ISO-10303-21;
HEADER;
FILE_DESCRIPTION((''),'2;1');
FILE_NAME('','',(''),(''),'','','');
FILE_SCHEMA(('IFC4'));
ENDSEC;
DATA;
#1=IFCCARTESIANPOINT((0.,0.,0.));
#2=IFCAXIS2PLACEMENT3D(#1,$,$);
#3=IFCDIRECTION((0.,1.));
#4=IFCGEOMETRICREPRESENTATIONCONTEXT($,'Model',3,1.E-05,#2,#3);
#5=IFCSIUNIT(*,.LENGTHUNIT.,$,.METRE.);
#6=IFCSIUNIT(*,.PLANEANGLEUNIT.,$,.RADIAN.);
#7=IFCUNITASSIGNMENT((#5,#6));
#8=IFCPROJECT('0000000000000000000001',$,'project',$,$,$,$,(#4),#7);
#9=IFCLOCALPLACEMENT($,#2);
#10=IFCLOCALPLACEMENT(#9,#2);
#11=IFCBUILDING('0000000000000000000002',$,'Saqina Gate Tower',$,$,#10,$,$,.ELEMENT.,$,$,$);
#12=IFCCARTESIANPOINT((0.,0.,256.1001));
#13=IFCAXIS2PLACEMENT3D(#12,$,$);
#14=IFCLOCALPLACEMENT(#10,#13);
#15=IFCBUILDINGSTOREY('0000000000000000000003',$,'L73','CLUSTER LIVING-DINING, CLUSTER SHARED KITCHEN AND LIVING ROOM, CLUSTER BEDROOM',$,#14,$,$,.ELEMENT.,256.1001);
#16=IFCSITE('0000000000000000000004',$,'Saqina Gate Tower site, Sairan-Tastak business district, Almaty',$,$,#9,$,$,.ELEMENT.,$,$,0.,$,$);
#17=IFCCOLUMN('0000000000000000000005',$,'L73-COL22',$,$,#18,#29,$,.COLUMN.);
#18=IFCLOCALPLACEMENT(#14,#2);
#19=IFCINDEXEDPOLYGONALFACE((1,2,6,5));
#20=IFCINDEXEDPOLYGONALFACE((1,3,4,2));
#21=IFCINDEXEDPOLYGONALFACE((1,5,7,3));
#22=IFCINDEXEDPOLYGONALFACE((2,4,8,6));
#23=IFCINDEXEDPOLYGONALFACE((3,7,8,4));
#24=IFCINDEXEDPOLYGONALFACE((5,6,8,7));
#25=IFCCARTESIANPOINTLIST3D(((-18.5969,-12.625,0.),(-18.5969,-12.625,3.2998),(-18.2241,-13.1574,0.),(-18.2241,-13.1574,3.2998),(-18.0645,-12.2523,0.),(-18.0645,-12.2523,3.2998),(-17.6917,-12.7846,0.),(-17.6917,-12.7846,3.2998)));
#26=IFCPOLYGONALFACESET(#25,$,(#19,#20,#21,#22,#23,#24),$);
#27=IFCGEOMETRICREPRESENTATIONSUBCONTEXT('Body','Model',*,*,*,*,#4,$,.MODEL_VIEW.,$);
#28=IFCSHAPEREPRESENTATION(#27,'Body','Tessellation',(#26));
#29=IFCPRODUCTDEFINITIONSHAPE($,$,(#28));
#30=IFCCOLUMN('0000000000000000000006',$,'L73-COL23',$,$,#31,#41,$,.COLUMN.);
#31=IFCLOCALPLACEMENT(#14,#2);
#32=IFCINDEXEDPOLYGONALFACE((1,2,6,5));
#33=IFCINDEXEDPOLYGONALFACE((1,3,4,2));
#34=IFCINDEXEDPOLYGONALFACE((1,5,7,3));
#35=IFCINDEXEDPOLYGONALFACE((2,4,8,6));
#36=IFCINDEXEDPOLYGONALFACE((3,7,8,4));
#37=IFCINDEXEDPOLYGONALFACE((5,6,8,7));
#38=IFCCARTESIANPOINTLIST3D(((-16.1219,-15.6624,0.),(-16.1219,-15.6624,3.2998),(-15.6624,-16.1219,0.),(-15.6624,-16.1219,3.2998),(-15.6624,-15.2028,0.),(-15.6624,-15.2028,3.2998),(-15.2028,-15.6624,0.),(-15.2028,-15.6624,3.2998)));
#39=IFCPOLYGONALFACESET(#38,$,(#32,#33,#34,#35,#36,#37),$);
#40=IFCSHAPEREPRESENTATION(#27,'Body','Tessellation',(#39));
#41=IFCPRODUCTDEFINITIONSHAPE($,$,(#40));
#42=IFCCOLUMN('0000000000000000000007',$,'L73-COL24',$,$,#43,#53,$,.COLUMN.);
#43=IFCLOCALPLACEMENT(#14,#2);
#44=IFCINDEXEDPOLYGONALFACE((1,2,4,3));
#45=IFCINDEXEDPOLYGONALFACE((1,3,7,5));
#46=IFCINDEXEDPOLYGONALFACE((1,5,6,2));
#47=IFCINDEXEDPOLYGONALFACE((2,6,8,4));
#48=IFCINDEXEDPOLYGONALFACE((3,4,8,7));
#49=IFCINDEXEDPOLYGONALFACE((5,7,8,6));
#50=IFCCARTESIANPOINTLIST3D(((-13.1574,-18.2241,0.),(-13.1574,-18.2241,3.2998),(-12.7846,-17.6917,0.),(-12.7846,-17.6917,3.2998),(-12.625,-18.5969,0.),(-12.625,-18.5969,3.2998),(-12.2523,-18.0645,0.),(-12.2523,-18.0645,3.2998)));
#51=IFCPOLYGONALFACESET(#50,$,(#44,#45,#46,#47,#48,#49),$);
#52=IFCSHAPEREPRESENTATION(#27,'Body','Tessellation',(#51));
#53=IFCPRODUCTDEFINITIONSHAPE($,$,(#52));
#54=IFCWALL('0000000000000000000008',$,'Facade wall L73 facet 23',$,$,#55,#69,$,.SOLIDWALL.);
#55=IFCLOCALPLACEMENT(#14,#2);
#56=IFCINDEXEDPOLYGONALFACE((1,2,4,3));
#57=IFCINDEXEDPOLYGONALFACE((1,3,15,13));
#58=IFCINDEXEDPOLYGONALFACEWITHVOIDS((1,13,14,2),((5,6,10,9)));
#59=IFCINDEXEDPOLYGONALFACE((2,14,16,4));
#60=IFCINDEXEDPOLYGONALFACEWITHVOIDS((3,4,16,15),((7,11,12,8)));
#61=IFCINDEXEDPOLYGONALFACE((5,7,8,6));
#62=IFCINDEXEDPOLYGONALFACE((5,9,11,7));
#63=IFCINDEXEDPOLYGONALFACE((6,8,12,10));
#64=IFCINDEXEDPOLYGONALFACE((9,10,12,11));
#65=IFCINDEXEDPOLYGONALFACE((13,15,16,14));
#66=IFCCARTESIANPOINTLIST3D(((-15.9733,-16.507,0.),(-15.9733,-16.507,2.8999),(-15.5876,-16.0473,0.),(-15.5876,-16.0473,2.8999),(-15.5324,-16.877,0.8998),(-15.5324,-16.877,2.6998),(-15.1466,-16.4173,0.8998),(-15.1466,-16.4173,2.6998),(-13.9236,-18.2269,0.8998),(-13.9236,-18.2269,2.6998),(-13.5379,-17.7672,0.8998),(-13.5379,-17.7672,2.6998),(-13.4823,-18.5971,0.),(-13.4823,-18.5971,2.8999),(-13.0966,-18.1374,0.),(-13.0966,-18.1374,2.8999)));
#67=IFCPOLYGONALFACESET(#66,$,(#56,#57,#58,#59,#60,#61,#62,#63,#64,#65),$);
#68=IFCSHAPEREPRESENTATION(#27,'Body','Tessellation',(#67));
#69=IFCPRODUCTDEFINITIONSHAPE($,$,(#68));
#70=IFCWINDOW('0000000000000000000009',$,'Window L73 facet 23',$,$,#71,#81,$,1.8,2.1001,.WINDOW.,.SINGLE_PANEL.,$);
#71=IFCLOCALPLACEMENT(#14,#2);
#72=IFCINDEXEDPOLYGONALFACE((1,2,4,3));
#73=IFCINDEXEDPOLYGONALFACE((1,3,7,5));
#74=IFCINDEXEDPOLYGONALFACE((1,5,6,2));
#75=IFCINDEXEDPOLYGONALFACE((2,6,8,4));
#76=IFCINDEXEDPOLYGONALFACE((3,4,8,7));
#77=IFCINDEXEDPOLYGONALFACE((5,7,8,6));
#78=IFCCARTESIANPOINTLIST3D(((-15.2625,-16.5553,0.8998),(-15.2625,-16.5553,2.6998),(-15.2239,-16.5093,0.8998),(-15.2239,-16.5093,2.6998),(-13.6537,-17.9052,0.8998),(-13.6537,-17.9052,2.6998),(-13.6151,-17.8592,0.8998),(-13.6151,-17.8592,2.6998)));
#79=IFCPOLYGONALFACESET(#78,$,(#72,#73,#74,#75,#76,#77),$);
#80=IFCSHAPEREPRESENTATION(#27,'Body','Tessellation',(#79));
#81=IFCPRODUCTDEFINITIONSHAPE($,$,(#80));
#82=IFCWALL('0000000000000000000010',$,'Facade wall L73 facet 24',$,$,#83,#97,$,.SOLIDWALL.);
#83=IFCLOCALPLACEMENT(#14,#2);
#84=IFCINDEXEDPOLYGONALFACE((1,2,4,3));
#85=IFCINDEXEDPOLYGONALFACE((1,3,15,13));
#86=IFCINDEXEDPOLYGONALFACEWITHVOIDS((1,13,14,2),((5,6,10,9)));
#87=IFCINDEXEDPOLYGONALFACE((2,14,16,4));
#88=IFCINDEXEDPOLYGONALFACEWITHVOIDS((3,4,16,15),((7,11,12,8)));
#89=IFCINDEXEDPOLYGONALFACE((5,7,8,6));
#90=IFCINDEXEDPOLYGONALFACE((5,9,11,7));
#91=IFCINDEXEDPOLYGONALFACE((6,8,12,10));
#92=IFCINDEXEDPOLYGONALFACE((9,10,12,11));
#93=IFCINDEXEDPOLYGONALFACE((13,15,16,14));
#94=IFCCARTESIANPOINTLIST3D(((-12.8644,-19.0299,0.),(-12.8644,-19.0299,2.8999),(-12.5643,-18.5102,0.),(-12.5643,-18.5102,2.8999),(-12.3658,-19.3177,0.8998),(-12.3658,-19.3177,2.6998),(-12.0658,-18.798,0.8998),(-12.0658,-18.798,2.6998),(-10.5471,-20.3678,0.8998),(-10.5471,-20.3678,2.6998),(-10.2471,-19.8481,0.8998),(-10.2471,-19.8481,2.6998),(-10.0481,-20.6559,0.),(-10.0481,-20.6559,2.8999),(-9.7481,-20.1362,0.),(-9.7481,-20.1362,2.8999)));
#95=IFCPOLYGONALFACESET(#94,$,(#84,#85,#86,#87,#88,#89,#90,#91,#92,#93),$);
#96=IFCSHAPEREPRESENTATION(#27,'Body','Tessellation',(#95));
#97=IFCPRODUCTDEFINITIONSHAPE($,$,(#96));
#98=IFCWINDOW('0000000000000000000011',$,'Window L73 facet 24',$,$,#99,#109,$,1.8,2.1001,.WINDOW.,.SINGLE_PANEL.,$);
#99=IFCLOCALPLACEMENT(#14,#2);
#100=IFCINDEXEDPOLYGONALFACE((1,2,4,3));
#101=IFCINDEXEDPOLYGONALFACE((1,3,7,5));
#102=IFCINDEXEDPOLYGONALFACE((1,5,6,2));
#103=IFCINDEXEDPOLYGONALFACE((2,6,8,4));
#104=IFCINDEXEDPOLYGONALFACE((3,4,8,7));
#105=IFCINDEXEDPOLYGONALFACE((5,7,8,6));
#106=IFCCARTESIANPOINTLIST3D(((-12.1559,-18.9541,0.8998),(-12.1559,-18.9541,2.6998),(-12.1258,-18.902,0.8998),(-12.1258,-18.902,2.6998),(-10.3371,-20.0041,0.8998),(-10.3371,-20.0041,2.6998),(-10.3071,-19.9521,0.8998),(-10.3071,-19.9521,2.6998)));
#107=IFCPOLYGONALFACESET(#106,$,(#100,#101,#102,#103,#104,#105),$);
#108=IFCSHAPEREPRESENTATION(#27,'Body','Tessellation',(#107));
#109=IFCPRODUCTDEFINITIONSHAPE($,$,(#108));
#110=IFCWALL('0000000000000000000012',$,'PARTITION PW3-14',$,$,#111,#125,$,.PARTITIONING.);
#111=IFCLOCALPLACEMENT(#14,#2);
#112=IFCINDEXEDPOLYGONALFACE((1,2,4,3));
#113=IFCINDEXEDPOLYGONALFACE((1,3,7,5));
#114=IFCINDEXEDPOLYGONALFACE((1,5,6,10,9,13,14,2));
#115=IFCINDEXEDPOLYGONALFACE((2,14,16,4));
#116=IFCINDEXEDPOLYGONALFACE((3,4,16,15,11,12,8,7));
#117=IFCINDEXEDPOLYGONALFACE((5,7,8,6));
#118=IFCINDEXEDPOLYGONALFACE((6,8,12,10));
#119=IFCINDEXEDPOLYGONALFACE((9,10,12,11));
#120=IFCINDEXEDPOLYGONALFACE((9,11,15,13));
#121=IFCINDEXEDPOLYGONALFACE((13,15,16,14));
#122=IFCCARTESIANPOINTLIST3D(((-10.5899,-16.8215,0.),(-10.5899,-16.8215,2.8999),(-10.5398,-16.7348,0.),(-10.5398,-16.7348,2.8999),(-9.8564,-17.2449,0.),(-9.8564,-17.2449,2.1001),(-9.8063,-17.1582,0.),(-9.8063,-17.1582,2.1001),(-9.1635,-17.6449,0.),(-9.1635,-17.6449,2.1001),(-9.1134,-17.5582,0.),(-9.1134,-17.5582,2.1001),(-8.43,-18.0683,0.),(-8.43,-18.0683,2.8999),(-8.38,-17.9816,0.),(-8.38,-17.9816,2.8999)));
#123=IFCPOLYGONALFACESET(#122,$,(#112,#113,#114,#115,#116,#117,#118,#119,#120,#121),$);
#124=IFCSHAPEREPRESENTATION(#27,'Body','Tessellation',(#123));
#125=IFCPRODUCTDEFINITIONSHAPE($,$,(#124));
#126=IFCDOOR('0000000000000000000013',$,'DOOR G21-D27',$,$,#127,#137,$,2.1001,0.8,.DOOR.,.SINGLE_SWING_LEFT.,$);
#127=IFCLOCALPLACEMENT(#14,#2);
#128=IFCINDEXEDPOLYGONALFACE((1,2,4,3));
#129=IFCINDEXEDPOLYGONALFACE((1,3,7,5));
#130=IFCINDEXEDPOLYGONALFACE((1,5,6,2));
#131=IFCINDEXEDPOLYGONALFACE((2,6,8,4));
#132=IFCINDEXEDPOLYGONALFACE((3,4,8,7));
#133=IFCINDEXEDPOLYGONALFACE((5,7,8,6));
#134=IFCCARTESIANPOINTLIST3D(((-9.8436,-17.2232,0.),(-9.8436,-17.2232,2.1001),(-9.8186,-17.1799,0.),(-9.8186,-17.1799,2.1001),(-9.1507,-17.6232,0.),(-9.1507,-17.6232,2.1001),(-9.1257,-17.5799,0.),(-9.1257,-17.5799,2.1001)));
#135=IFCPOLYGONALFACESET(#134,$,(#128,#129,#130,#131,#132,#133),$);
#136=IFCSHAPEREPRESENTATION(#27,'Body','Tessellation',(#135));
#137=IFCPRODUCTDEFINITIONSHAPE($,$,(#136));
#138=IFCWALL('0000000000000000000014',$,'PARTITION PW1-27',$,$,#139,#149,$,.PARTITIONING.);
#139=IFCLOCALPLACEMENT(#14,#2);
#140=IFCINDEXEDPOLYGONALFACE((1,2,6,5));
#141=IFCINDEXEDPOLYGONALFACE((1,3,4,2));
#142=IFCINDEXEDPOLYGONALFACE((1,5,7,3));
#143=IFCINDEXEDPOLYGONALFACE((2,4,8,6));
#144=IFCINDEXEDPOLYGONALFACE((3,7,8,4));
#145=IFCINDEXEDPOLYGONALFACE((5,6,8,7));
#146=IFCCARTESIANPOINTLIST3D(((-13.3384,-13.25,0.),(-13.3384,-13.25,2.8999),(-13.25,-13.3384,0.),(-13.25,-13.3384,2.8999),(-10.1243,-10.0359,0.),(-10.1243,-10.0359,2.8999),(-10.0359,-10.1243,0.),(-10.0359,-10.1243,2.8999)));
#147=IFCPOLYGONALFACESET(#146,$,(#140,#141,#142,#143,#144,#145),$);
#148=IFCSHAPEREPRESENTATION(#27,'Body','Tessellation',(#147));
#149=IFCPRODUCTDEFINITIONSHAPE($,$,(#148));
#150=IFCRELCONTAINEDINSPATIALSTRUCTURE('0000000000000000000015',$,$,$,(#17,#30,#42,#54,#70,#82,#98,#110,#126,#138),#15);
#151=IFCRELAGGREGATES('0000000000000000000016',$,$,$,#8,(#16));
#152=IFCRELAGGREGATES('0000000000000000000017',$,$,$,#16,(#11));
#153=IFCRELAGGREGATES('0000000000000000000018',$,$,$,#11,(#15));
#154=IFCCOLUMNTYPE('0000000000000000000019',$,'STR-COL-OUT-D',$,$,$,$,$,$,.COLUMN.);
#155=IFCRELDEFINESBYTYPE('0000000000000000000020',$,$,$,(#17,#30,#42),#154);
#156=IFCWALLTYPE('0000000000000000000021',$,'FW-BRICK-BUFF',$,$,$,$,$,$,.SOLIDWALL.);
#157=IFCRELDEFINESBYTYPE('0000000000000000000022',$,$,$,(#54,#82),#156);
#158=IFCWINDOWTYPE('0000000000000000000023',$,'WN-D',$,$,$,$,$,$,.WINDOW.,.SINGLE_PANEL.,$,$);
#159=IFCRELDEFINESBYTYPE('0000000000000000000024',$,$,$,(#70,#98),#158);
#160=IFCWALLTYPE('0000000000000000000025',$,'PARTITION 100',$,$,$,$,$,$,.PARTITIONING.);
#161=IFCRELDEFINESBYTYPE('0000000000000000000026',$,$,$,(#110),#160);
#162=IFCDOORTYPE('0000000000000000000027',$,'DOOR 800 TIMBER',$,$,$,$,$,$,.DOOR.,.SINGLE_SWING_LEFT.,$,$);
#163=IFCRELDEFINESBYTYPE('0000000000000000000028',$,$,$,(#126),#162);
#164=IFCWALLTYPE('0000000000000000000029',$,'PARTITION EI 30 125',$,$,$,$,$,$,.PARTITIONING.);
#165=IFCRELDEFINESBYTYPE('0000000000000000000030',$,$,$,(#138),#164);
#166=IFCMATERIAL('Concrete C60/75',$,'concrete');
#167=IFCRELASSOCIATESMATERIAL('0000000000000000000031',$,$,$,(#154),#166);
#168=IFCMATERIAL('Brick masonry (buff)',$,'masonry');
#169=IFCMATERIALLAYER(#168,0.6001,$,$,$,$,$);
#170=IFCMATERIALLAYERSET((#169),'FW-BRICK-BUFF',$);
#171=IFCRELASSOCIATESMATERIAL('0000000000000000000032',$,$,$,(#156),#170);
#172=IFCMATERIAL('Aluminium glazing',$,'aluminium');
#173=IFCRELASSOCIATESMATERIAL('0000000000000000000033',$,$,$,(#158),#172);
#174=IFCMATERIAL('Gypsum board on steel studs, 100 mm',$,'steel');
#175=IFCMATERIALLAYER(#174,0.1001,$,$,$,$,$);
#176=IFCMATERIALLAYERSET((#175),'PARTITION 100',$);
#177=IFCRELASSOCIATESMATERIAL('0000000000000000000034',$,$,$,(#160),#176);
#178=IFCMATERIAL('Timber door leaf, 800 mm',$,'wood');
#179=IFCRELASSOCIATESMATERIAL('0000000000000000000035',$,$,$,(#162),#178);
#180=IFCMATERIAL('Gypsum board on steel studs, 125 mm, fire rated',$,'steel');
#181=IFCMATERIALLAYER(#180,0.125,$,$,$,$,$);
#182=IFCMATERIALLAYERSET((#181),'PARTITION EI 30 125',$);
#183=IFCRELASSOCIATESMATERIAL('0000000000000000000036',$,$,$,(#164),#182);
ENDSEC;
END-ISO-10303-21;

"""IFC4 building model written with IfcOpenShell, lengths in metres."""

from ifc_helpers import new_model, si_unit, direction, frame, frame_2d, origin, origin_2d, place, context, subcontext, project, spatial, rectangle, extrude, material, layer, layer_set, material_profile, profile_set, type_object, element, fill, save


model = new_model("IFC4")

# Units and contexts
model_context = context("Model", 3, precision=1e-05, world=origin(), true_north=direction((0.0, 1.0)))
body_context = subcontext(model_context, "Body", "Model", "MODEL_VIEW")
ifc_project = project(units=[si_unit("LENGTHUNIT", "METRE"), si_unit("PLANEANGLEUNIT", "RADIAN")], contexts=[model_context])

# Site, building, storey
site_placement = place(None, origin())
site = spatial("IfcSite", under=ifc_project, at=site_placement, Name="Saqina Gate Tower site, Sairan-Tastak business district, Almaty", CompositionType="ELEMENT", RefElevation=0.0)
building_placement = place(site_placement, origin())
building = spatial("IfcBuilding", under=site, at=building_placement, Name="Saqina Gate Tower", CompositionType="ELEMENT")
storey_placement = place(building_placement, frame((0.0, 0.0, 256.1001)))
storey = spatial("IfcBuildingStorey", under=building, at=storey_placement, Name="L73", Description="CLUSTER LIVING-DINING, CLUSTER SHARED KITCHEN AND LIVING ROOM, CLUSTER BEDROOM", CompositionType="ELEMENT", Elevation=256.1001)

# Columns
ifc_material_1 = material(Name="Concrete C60/75", Category="concrete")
ifc_material_profile = material_profile(ifc_material_1, rectangle(XDim=0.6499, YDim=0.6499, at=origin_2d()), Name="RC 650x650")
ifc_profile_set = profile_set([ifc_material_profile], Name="Concrete C60/75")
column_type = type_object("IfcColumnType", Name="STR-COL-OUT-D", PredefinedType="COLUMN", material=ifc_profile_set)
for number, where, z_axis, x_axis, name in (
    (1, (-18.1443, -12.7048, 0.0), (0.0, 0.0, 1.0), (-0.819152, -0.573576, 0.0), "L73-COL22"),
    (2, (-15.6624, -15.6624, 0.0), (0.0, 0.0, 1.0), (-0.707107, -0.707107, 0.0), "L73-COL23"),
    (3, (-12.7048, -18.1443, 0.0), (0.0, 0.0, 1.0), (-0.573576, -0.819152, 0.0), "L73-COL24"),
):
    element("IfcColumn", number, at=place(storey_placement, frame(where, z_axis=z_axis, x_axis=x_axis)), inside=storey, type_object=column_type, Name=name, PredefinedType="COLUMN", context=body_context, shape_type="SweptSolid", body=[
        extrude(rectangle(XDim=0.6499, YDim=0.6499, at=origin_2d()), origin(), (0.0, 0.0, 1.0), 3.2998),
    ])

# Shared definitions
ifc_material_2 = material(Name="Brick masonry (buff)", Category="masonry")
ifc_layer_1 = layer(ifc_material_2, 0.6001)
ifc_layer_set_1 = layer_set([ifc_layer_1], Name="FW-BRICK-BUFF")
wall_type_1 = type_object("IfcWallType", Name="FW-BRICK-BUFF", PredefinedType="SOLIDWALL", material=ifc_layer_set_1)

# Walls, openings, windows
wall_1_placement = place(storey_placement, frame((-15.7805, -16.2771, 0.0), z_axis=(0.0, 0.0, 1.0), x_axis=(0.766057, -0.642773, 0.0)))
wall_1 = element("IfcWall", 4, at=wall_1_placement, inside=storey, type_object=wall_type_1, Name="Facade wall L73 facet 23", PredefinedType="SOLIDWALL", context=body_context, shape_type="SweptSolid", body=[
    extrude(rectangle(XDim=3.2517, YDim=0.6001, at=frame_2d((1.626, 0.0))), origin(), (0.0, 0.0, 1.0), 2.8999),
])
opening_1_placement = place(wall_1_placement, frame((0.5757, 0.0, 0.8999)))
opening_1 = element("IfcOpeningElement", 5, at=opening_1_placement, cuts=wall_1, PredefinedType="OPENING", context=body_context, shape_type="SweptSolid", body=[
    extrude(rectangle(XDim=2.1001, YDim=1.8, at=frame_2d((1.05, 0.8999))), frame((0.0, 0.312, 0.0), z_axis=(0.0, -1.0, 0.0), x_axis=(1.0, 0.0, 0.0)), (0.0, 0.0, 1.0), 0.624),
])
ifc_material_3 = material(Name="Aluminium glazing", Category="aluminium")
window_type = type_object("IfcWindowType", Name="WN-D", PartitioningType="SINGLE_PANEL", PredefinedType="WINDOW", material=ifc_material_3)
window_1_placement = place(opening_1_placement, origin())
window_1 = element("IfcWindow", 6, at=window_1_placement, inside=storey, type_object=window_type, Name="Window L73 facet 23", OverallHeight=1.8, OverallWidth=2.1001, PartitioningType="SINGLE_PANEL", PredefinedType="WINDOW", context=body_context, shape_type="SweptSolid", body=[
    extrude(rectangle(XDim=2.1001, YDim=1.8, at=frame_2d((1.05, 0.8999))), frame((0.0, 0.1799, 0.0), z_axis=(0.0, -1.0, 0.0), x_axis=(1.0, 0.0, 0.0)), (0.0, 0.0, 1.0), 0.0601),
])
fill(opening_1, window_1)
wall_2_placement = place(storey_placement, frame((-12.7144, -18.77, 0.0), z_axis=(0.0, 0.0, 1.0), x_axis=(0.866017, -0.500015, 0.0)))
wall_2 = element("IfcWall", 7, at=wall_2_placement, inside=storey, type_object=wall_type_1, Name="Facade wall L73 facet 24", PredefinedType="SOLIDWALL", context=body_context, shape_type="SweptSolid", body=[
    extrude(rectangle(XDim=3.252, YDim=0.6001, at=frame_2d((1.626, 0.0))), origin(), (0.0, 0.0, 1.0), 2.8999),
])
opening_2_placement = place(wall_2_placement, frame((0.5757, 0.0, 0.8999)))
opening_2 = element("IfcOpeningElement", 8, at=opening_2_placement, cuts=wall_2, PredefinedType="OPENING", context=body_context, shape_type="SweptSolid", body=[
    extrude(rectangle(XDim=2.1001, YDim=1.8, at=frame_2d((1.05, 0.8999))), frame((0.0, 0.312, 0.0), z_axis=(0.0, -1.0, 0.0), x_axis=(1.0, 0.0, 0.0)), (0.0, 0.0, 1.0), 0.624),
])
window_2_placement = place(opening_2_placement, origin())
window_2 = element("IfcWindow", 9, at=window_2_placement, inside=storey, type_object=window_type, Name="Window L73 facet 24", OverallHeight=1.8, OverallWidth=2.1001, PartitioningType="SINGLE_PANEL", PredefinedType="WINDOW", context=body_context, shape_type="SweptSolid", body=[
    extrude(rectangle(XDim=2.1001, YDim=1.8, at=frame_2d((1.05, 0.8999))), frame((0.0, 0.1799, 0.0), z_axis=(0.0, -1.0, 0.0), x_axis=(1.0, 0.0, 0.0)), (0.0, 0.0, 1.0), 0.0601),
])
fill(opening_2, window_2)

# Wall, opening, door
ifc_material_4 = material(Name="Gypsum board on steel studs, 100 mm", Category="steel")
ifc_layer_2 = layer(ifc_material_4, 0.1001)
ifc_layer_set_2 = layer_set([ifc_layer_2], Name="PARTITION 100")
wall_type_2 = type_object("IfcWallType", Name="PARTITION 100", PredefinedType="PARTITIONING", material=ifc_layer_set_2)
wall_3_placement = place(storey_placement, frame((-10.5649, -16.7781, 0.0), z_axis=(0.0, 0.0, 1.0), x_axis=(0.86606, -0.49994, 0.0)))
wall_3 = element("IfcWall", 10, at=wall_3_placement, inside=storey, type_object=wall_type_2, Name="PARTITION PW3-14", PredefinedType="PARTITIONING", context=body_context, shape_type="SweptSolid", body=[
    extrude(rectangle(XDim=2.4939, YDim=0.1001, at=frame_2d((1.2471, 0.0))), origin(), (0.0, 0.0, 1.0), 2.8999),
])
opening_3_placement = place(wall_3_placement, frame((0.8472, 0.0, 0.0)))
opening_3 = element("IfcOpeningElement", 11, at=opening_3_placement, cuts=wall_3, PredefinedType="OPENING", context=body_context, shape_type="SweptSolid", body=[
    extrude(rectangle(XDim=0.8, YDim=2.1001, at=frame_2d((0.3999, 1.05))), frame((0.0, 0.062, 0.0), z_axis=(0.0, -1.0, 0.0), x_axis=(1.0, 0.0, 0.0)), (0.0, 0.0, 1.0), 0.124),
])
ifc_material_5 = material(Name="Timber door leaf, 800 mm", Category="wood")
door_type_1 = type_object("IfcDoorType", Name="DOOR 800 TIMBER", OperationType="SINGLE_SWING_LEFT", PredefinedType="DOOR", material=ifc_material_5)
door_1_placement = place(opening_3_placement, frame((0.8, 0.0, 0.0), z_axis=(0.0, 0.0, 1.0), x_axis=(-1.0, 0.0, 0.0)))
door_1 = element("IfcDoor", 12, at=door_1_placement, inside=storey, type_object=door_type_1, Name="DOOR G21-D27", OperationType="SINGLE_SWING_LEFT", OverallHeight=2.1001, OverallWidth=0.8, PredefinedType="DOOR", context=body_context, shape_type="SweptSolid", body=[
    extrude(rectangle(XDim=0.8, YDim=2.1001, at=frame_2d((0.3999, 1.05))), frame((0.0, 0.0249, 0.0), z_axis=(0.0, -1.0, 0.0), x_axis=(1.0, 0.0, 0.0)), (0.0, 0.0, 1.0), 0.05),
])
fill(opening_3, door_1)

# Wall
ifc_material_6 = material(Name="Gypsum board on steel studs, 125 mm, fire rated", Category="steel")
ifc_layer_3 = layer(ifc_material_6, 0.125)
ifc_layer_set_3 = layer_set([ifc_layer_3], Name="PARTITION EI 30 125")
wall_type_3 = type_object("IfcWallType", Name="PARTITION EI 30 125", PredefinedType="PARTITIONING", material=ifc_layer_set_3)
wall_4_placement = place(storey_placement, frame((-13.2942, -13.2942, 0.0), z_axis=(0.0, 0.0, 1.0), x_axis=(0.707107, 0.707107, 0.0)))
element("IfcWall", 13, at=wall_4_placement, inside=storey, type_object=wall_type_3, Name="PARTITION PW1-27", PredefinedType="PARTITIONING", context=body_context, shape_type="SweptSolid", body=[
    extrude(rectangle(XDim=4.5454, YDim=0.125, at=frame_2d((2.2727, 0.0))), origin(), (0.0, 0.0, 1.0), 2.8999),
])

save(model, "model.ifc")
